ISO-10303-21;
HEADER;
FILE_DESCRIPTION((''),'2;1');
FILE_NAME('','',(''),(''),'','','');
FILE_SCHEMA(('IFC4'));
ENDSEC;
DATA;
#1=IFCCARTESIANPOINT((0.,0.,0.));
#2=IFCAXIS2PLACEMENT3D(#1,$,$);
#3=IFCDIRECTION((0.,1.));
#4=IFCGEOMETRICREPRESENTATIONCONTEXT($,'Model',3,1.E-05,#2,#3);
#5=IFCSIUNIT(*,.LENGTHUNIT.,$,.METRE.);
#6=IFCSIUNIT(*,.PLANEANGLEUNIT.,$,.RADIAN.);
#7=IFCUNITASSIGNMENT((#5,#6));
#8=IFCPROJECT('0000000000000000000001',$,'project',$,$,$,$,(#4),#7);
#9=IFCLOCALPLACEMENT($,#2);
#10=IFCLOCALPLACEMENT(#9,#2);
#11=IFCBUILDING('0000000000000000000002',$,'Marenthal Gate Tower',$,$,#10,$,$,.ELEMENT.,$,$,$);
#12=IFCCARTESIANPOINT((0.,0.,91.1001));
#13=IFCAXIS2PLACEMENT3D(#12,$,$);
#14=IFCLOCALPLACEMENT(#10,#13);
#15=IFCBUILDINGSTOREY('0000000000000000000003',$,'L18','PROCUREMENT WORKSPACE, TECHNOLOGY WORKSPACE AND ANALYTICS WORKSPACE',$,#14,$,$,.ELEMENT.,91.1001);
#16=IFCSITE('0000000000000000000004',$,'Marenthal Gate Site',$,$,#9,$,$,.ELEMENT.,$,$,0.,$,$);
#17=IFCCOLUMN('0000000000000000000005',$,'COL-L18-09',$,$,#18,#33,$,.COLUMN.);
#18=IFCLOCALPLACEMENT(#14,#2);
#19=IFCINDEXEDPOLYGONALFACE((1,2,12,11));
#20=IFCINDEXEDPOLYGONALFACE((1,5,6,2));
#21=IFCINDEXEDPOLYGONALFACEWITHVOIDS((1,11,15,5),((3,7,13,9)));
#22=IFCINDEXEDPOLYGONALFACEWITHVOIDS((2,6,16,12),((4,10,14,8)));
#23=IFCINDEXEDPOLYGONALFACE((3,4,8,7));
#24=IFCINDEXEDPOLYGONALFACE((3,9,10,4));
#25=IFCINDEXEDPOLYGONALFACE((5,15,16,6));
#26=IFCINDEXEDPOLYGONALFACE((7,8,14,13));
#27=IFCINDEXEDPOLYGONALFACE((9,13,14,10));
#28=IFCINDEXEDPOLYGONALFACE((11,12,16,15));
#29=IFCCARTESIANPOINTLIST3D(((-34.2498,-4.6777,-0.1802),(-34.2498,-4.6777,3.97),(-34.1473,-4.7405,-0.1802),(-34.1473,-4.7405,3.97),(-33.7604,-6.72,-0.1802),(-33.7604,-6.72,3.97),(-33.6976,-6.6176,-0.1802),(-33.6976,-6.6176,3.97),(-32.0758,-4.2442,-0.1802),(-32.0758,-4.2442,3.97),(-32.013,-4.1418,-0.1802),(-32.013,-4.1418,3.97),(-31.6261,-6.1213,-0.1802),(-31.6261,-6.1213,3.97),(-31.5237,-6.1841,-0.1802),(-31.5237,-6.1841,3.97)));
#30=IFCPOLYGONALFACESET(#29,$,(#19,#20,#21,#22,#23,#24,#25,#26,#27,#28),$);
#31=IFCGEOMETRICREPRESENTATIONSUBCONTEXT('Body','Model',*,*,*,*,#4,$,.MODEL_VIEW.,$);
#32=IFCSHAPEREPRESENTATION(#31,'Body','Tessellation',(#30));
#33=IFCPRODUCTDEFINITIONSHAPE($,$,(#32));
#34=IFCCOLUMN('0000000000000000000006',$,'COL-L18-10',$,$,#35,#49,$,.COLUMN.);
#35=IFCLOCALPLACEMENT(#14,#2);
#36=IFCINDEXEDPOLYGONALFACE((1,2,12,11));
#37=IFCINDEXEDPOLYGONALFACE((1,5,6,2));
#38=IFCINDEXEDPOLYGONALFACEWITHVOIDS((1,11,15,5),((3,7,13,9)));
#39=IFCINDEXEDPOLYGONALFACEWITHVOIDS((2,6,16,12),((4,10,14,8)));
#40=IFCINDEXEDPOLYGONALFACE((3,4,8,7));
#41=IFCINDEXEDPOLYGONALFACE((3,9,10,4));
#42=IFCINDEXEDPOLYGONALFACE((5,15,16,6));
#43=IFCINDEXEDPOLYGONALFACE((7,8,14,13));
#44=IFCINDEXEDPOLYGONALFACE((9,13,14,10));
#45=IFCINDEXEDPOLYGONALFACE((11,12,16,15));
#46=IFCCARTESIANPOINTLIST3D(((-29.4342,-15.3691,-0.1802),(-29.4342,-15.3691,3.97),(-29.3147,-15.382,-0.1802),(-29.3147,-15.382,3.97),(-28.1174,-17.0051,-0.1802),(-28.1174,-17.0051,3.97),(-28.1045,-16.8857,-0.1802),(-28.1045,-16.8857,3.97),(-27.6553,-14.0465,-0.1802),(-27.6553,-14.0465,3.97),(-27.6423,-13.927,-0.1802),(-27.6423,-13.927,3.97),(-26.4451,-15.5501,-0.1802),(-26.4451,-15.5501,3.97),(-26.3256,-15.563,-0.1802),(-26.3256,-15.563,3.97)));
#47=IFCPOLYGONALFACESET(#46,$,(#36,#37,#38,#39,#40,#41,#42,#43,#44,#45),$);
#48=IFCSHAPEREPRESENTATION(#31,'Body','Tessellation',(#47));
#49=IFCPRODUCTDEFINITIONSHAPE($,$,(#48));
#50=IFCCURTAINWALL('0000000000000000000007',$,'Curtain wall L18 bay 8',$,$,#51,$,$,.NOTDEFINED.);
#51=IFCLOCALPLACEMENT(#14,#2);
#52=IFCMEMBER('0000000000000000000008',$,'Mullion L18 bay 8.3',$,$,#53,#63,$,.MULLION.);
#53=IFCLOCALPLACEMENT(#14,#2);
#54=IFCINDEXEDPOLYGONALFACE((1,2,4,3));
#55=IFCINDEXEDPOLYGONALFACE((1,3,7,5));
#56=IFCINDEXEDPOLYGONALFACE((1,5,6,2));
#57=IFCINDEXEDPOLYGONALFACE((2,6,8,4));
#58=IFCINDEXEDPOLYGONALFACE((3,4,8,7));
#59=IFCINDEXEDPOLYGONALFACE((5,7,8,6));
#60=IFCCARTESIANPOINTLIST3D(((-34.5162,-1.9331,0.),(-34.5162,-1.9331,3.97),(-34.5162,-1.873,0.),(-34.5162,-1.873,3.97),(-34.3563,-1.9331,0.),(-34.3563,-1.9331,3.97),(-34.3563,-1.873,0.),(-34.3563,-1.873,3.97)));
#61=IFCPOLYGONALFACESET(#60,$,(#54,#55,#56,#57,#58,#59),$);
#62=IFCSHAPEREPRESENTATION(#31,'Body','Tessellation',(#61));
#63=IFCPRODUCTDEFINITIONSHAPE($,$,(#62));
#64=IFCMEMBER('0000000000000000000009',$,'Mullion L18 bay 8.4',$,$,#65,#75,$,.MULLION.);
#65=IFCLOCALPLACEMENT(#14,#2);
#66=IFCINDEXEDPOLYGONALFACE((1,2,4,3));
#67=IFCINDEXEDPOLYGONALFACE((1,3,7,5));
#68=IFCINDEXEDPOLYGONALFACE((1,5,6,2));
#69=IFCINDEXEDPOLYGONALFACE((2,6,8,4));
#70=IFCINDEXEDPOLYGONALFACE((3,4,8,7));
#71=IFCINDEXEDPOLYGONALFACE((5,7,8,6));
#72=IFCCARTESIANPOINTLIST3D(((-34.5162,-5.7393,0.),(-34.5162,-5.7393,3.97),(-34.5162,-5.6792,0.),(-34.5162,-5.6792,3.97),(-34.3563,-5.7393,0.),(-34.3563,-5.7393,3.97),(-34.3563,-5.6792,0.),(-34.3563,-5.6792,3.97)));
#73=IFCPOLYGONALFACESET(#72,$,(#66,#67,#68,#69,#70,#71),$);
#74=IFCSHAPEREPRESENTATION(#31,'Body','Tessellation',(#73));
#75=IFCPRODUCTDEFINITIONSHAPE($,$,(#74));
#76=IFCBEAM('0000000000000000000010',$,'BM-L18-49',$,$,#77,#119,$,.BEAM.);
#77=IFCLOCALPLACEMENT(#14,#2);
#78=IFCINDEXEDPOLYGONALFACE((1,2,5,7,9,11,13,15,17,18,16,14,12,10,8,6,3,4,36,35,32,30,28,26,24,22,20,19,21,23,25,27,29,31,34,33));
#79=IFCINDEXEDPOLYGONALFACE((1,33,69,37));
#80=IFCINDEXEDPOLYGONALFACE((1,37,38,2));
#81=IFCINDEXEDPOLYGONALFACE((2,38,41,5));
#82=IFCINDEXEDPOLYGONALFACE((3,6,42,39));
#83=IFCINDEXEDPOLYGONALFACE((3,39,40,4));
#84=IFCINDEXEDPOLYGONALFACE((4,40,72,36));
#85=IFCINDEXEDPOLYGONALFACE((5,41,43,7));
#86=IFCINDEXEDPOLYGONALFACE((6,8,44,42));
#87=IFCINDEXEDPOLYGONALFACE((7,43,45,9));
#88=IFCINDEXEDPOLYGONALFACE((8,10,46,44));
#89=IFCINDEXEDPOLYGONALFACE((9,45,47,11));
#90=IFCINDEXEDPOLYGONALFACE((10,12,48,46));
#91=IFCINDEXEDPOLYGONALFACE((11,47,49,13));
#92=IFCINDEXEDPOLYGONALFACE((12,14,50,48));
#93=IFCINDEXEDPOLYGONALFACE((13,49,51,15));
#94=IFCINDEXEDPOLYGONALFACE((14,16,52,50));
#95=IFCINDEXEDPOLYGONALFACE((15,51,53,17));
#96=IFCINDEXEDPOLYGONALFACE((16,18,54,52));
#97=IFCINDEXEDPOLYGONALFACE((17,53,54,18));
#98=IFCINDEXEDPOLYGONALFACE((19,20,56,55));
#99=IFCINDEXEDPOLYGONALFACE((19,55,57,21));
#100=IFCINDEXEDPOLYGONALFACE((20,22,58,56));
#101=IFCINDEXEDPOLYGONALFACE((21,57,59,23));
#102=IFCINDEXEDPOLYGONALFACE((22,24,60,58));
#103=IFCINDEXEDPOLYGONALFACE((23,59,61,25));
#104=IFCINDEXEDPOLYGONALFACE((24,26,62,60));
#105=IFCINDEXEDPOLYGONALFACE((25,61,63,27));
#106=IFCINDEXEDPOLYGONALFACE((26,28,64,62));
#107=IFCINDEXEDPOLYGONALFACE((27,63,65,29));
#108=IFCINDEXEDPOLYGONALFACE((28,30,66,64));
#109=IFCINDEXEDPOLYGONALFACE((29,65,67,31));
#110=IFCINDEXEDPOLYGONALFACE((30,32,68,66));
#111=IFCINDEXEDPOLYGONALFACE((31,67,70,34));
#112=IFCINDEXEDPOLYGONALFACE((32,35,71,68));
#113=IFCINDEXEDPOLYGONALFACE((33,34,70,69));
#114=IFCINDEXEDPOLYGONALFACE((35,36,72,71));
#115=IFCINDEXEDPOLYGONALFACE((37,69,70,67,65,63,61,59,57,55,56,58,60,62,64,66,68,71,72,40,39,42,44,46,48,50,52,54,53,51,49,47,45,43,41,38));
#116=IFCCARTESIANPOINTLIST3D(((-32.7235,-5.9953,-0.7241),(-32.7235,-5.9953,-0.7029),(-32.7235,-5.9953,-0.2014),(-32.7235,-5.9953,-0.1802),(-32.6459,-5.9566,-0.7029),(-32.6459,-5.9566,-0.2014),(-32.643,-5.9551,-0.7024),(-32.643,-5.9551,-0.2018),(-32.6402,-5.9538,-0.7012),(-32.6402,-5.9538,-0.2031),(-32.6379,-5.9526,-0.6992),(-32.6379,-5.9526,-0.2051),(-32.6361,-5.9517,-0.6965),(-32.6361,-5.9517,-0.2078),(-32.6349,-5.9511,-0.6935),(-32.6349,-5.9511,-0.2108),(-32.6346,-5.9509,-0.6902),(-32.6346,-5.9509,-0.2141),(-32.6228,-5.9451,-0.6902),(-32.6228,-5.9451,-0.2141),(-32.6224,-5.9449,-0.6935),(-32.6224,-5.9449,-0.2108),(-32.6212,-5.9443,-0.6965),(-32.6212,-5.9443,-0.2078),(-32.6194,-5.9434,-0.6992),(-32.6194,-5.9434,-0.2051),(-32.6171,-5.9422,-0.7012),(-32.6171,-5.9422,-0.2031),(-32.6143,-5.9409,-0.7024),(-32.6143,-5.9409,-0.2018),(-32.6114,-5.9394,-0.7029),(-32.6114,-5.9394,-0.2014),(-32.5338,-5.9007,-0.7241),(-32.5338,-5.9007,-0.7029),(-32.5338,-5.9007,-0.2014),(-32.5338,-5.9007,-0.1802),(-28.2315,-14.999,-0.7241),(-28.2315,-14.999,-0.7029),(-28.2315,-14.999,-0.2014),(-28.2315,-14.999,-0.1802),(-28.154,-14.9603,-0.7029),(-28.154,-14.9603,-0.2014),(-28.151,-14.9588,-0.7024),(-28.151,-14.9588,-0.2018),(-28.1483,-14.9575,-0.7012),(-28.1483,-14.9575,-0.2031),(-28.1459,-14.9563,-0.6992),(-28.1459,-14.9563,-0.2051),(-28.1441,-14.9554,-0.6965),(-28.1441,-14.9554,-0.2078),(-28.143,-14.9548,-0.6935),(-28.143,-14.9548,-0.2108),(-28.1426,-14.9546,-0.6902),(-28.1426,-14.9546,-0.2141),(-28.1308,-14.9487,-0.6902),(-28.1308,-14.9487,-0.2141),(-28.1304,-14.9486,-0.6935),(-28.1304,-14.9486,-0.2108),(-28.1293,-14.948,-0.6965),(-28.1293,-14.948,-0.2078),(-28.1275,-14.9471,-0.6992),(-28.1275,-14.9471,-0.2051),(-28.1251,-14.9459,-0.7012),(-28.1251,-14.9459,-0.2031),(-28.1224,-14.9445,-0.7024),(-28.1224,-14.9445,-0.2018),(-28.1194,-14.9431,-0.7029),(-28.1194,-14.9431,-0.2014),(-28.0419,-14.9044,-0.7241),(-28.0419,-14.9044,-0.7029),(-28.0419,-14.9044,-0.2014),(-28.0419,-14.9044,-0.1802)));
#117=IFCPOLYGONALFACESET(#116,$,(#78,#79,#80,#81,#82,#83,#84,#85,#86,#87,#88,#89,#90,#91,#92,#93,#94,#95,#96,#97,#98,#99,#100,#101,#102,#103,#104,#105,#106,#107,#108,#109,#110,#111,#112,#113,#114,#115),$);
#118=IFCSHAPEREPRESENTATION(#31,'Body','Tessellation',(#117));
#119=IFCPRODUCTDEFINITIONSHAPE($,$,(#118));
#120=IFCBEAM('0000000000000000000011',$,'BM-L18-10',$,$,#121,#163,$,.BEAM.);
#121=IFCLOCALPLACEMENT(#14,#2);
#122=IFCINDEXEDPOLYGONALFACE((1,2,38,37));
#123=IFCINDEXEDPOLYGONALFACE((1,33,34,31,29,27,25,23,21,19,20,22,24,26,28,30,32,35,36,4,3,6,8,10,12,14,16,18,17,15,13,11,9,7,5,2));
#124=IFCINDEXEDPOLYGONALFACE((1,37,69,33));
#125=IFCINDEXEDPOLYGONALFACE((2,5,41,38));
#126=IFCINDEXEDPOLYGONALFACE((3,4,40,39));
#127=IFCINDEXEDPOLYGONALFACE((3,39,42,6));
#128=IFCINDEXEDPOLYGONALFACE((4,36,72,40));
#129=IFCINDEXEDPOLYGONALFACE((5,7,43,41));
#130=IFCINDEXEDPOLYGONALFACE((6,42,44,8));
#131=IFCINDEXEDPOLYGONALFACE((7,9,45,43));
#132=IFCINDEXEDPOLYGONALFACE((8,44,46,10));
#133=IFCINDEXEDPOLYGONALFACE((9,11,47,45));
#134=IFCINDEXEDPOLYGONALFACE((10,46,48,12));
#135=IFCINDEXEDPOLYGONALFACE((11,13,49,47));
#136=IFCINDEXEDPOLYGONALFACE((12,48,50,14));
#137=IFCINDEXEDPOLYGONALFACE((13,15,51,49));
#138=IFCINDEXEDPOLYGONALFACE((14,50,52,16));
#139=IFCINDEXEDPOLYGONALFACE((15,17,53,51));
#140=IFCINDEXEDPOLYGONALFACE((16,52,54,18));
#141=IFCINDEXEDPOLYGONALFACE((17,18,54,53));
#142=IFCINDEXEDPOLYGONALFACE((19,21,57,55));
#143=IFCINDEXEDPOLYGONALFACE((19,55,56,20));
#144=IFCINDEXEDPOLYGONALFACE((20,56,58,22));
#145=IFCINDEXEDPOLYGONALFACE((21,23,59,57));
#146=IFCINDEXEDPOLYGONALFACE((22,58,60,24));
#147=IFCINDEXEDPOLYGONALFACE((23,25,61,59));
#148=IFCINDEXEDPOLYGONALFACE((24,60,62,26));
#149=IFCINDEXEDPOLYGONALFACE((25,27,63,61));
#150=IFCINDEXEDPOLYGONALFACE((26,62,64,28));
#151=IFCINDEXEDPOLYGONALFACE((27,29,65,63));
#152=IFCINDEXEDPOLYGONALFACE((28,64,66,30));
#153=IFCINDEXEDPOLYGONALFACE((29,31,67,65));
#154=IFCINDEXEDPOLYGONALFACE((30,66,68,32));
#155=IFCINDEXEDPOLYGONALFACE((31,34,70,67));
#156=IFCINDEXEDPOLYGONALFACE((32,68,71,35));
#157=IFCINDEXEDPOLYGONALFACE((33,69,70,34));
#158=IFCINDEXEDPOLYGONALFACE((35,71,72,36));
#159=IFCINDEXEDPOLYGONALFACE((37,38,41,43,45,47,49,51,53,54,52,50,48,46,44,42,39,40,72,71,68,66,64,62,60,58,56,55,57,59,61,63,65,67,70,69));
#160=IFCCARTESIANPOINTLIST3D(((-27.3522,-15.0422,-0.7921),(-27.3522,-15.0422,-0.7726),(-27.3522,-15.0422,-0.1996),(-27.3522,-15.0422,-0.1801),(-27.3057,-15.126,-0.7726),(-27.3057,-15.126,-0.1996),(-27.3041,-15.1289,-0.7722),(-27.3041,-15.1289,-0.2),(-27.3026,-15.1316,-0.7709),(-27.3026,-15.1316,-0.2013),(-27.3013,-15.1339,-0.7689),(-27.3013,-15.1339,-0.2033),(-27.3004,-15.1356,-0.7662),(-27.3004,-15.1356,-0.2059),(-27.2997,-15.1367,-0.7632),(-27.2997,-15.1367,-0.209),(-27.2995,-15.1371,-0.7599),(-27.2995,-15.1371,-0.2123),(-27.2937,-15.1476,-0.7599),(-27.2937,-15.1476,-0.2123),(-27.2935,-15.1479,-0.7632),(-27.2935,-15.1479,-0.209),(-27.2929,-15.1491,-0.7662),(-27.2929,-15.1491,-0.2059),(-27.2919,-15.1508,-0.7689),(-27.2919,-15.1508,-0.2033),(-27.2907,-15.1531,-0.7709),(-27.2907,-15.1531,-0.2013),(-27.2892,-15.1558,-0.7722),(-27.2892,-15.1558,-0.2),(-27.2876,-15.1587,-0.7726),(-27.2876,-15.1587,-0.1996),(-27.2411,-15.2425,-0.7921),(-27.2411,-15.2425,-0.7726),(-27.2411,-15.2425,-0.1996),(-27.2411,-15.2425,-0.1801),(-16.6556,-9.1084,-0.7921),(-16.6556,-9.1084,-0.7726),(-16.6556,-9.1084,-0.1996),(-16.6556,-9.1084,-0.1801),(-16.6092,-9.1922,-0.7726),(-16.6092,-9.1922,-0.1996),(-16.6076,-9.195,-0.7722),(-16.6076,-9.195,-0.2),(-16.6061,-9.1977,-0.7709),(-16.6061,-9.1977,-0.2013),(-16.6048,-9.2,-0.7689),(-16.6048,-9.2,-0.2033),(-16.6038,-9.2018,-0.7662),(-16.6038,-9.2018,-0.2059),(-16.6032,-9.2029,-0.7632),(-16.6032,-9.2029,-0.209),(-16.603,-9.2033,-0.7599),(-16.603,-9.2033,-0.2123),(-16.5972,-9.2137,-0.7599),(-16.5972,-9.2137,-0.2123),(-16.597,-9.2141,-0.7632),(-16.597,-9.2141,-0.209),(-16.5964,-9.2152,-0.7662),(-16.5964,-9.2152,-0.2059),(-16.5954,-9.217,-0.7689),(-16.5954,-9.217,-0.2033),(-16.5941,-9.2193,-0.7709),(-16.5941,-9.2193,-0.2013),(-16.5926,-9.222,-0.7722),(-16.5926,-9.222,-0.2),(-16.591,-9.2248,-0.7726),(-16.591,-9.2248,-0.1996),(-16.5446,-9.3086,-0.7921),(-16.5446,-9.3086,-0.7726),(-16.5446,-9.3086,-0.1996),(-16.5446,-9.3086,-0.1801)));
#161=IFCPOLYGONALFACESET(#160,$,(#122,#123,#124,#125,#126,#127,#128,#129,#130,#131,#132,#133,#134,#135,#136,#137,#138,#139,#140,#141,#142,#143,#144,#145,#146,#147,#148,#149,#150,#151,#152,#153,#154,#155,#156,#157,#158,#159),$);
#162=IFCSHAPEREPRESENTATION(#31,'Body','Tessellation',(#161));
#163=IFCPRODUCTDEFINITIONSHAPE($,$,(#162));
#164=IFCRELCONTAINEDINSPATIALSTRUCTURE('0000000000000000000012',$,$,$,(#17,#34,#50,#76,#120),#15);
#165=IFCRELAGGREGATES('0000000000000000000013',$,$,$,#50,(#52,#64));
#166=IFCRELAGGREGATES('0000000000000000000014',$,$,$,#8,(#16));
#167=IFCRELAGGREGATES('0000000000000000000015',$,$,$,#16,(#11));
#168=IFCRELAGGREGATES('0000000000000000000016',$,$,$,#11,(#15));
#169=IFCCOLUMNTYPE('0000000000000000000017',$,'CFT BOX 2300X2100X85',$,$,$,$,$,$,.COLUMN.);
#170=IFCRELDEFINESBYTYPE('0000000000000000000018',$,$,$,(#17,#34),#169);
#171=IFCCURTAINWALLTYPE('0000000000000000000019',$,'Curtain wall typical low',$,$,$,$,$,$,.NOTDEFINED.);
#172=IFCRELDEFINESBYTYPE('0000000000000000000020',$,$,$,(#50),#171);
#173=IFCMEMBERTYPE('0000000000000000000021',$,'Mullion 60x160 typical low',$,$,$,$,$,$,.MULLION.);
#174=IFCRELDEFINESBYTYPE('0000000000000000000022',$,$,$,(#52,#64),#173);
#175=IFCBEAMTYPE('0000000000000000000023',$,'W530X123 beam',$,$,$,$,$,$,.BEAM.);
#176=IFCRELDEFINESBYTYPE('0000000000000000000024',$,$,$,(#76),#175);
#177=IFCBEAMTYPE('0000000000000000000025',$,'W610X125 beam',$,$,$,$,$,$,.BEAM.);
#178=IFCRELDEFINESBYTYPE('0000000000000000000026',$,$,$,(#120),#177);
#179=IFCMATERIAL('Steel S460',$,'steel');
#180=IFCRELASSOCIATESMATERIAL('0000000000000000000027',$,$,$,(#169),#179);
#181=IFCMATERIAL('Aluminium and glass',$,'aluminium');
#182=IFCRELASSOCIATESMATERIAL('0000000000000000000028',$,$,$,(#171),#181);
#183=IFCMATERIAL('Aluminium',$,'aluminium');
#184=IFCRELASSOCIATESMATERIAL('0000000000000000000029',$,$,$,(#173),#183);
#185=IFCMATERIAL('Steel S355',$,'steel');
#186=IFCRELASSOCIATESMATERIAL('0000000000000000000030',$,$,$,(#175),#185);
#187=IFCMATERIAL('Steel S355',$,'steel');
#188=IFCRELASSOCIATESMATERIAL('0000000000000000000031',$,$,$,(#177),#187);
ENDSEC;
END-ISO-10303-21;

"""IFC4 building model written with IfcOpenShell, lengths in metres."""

from ifc_helpers import new_model, si_unit, direction, frame, origin, origin_2d, place, context, subcontext, project, spatial, rectangle, hollow_rectangle, i_section, extrude, material, material_profile, profile_set, type_object, element, aggregate, save


model = new_model("IFC4")

# Units and contexts
model_context = context("Model", 3, precision=1e-05, world=origin(), true_north=direction((0.0, 1.0)))
body_context = subcontext(model_context, "Body", "Model", "MODEL_VIEW")
ifc_project = project(units=[si_unit("LENGTHUNIT", "METRE"), si_unit("PLANEANGLEUNIT", "RADIAN")], contexts=[model_context])

# Site, building, storey
site_placement = place(None, origin())
site = spatial("IfcSite", under=ifc_project, at=site_placement, Name="Marenthal Gate Site", CompositionType="ELEMENT", RefElevation=0.0)
building_placement = place(site_placement, origin())
building = spatial("IfcBuilding", under=site, at=building_placement, Name="Marenthal Gate Tower", CompositionType="ELEMENT")
storey_placement = place(building_placement, frame((0.0, 0.0, 91.1001)))
storey = spatial("IfcBuildingStorey", under=building, at=storey_placement, Name="L18", Description="PROCUREMENT WORKSPACE, TECHNOLOGY WORKSPACE AND ANALYTICS WORKSPACE", CompositionType="ELEMENT", Elevation=91.1001)

# Columns
ifc_material_1 = material(Name="Steel S460", Category="steel")
ifc_material_profile_1 = material_profile(ifc_material_1, hollow_rectangle(XDim=2.1001, YDim=2.3, WallThickness=0.085, at=origin_2d()), Name="CFT BOX 2300X2100X85")
ifc_material_2 = material(Name="Concrete 70 MPa", Category="concrete")
ifc_material_profile_2 = material_profile(ifc_material_2, rectangle(XDim=1.9299, YDim=2.1299, at=origin_2d()), Name="CFT BOX 2300X2100X85 INFILL")
ifc_profile_set_1 = profile_set([ifc_material_profile_1, ifc_material_profile_2], Name="Steel S460 shell, Concrete 70 MPa infill")
column_type = type_object("IfcColumnType", Name="CFT BOX 2300X2100X85", PredefinedType="COLUMN", material=ifc_profile_set_1)
for number, where, z_axis, x_axis, name in (
    (1, (-32.8867, -5.4309, -0.1802), (0.0, 0.0, 1.0), (-0.232997, 0.972477, 0.0), "COL-L18-09"),
    (2, (-27.8799, -15.4661, -0.1802), (0.0, 0.0, 1.0), (-0.626985, 0.779032, 0.0), "COL-L18-10"),
):
    element("IfcColumn", number, at=place(storey_placement, frame(where, z_axis=z_axis, x_axis=x_axis)), inside=storey, type_object=column_type, Name=name, PredefinedType="COLUMN", context=body_context, shape_type="SweptSolid", body=[
        extrude(hollow_rectangle(XDim=2.1001, YDim=2.3, WallThickness=0.085, at=origin_2d()), origin(), (0.0, 0.0, 1.0), 4.1501),
    ])

# Curtain wall, members
ifc_material_3 = material(Name="Aluminium and glass", Category="aluminium")
curtain_wall_type = type_object("IfcCurtainWallType", Name="Curtain wall typical low", PredefinedType="NOTDEFINED", material=ifc_material_3)
curtain_wall_placement = place(storey_placement, origin())
curtain_wall = element("IfcCurtainWall", 3, at=curtain_wall_placement, inside=storey, type_object=curtain_wall_type, Name="Curtain wall L18 bay 8", PredefinedType="NOTDEFINED")
ifc_material_4 = material(Name="Aluminium", Category="aluminium")
ifc_material_profile_3 = material_profile(ifc_material_4, rectangle(XDim=0.1599, YDim=0.0601, at=origin_2d()), Name="60x160 aluminium mullion")
ifc_profile_set_2 = profile_set([ifc_material_profile_3], Name="Aluminium")
member_type = type_object("IfcMemberType", Name="Mullion 60x160 typical low", PredefinedType="MULLION", material=ifc_profile_set_2)
member_1_placement = place(storey_placement, frame((-34.4363, -1.9031, 0.0), z_axis=(0.0, 0.0, 1.0), x_axis=(1.0, 0.0, 0.0)))
member_1 = element("IfcMember", 4, at=member_1_placement, type_object=member_type, Name="Mullion L18 bay 8.3", PredefinedType="MULLION", context=body_context, shape_type="SweptSolid", body=[
    extrude(rectangle(XDim=0.1599, YDim=0.0601, at=origin_2d()), origin(), (0.0, 0.0, 1.0), 3.97),
])
member_2_placement = place(storey_placement, frame((-34.4363, -5.7092, 0.0), z_axis=(0.0, 0.0, 1.0), x_axis=(1.0, 0.0, 0.0)))
member_2 = element("IfcMember", 5, at=member_2_placement, type_object=member_type, Name="Mullion L18 bay 8.4", PredefinedType="MULLION", context=body_context, shape_type="SweptSolid", body=[
    extrude(rectangle(XDim=0.1599, YDim=0.0601, at=origin_2d()), origin(), (0.0, 0.0, 1.0), 3.97),
])

# Beams
ifc_material_5 = material(Name="Steel S355", Category="steel")
ifc_material_profile_4 = material_profile(ifc_material_5, i_section(OverallWidth=0.2119, OverallDepth=0.5439, WebThickness=0.0132, FlangeThickness=0.0212, FilletRadius=0.0127, at=origin_2d()), Name="W530X123")
ifc_profile_set_3 = profile_set([ifc_material_profile_4], Name="Steel S355")
beam_type_1 = type_object("IfcBeamType", Name="W530X123 beam", PredefinedType="BEAM", material=ifc_profile_set_3)
beam_1_placement = place(storey_placement, frame((-32.6287, -5.948, -0.4521), z_axis=(0.446427, -0.89482, 0.0), x_axis=(0.89482, 0.446427, 0.0)))
element("IfcBeam", 6, at=beam_1_placement, inside=storey, type_object=beam_type_1, Name="BM-L18-49", PredefinedType="BEAM", context=body_context, shape_type="SweptSolid", body=[
    extrude(i_section(OverallWidth=0.2119, OverallDepth=0.5439, WebThickness=0.0132, FlangeThickness=0.0212, FilletRadius=0.0127, at=origin_2d()), origin(), (0.0, 0.0, 1.0), 10.062),
])
ifc_material_6 = material(Name="Steel S355", Category="steel")
ifc_material_profile_5 = material_profile(ifc_material_6, i_section(OverallWidth=0.229, OverallDepth=0.6121, WebThickness=0.012, FlangeThickness=0.0195, FilletRadius=0.0127, at=origin_2d()), Name="W610X125")
ifc_profile_set_4 = profile_set([ifc_material_profile_5], Name="Steel S355")
beam_type_2 = type_object("IfcBeamType", Name="W610X125 beam", PredefinedType="BEAM", material=ifc_profile_set_4)
beam_2_placement = place(storey_placement, frame((-27.2966, -15.1423, -0.4861), z_axis=(0.874458, 0.485101, 0.0), x_axis=(-0.485101, 0.874458, 0.0)))
element("IfcBeam", 7, at=beam_2_placement, inside=storey, type_object=beam_type_2, Name="BM-L18-10", PredefinedType="BEAM", context=body_context, shape_type="SweptSolid", body=[
    extrude(i_section(OverallWidth=0.229, OverallDepth=0.6121, WebThickness=0.012, FlangeThickness=0.0195, FilletRadius=0.0127, at=origin_2d()), origin(), (0.0, 0.0, 1.0), 12.2322),
])

aggregate(curtain_wall, [member_1, member_2])

save(model, "model.ifc")
